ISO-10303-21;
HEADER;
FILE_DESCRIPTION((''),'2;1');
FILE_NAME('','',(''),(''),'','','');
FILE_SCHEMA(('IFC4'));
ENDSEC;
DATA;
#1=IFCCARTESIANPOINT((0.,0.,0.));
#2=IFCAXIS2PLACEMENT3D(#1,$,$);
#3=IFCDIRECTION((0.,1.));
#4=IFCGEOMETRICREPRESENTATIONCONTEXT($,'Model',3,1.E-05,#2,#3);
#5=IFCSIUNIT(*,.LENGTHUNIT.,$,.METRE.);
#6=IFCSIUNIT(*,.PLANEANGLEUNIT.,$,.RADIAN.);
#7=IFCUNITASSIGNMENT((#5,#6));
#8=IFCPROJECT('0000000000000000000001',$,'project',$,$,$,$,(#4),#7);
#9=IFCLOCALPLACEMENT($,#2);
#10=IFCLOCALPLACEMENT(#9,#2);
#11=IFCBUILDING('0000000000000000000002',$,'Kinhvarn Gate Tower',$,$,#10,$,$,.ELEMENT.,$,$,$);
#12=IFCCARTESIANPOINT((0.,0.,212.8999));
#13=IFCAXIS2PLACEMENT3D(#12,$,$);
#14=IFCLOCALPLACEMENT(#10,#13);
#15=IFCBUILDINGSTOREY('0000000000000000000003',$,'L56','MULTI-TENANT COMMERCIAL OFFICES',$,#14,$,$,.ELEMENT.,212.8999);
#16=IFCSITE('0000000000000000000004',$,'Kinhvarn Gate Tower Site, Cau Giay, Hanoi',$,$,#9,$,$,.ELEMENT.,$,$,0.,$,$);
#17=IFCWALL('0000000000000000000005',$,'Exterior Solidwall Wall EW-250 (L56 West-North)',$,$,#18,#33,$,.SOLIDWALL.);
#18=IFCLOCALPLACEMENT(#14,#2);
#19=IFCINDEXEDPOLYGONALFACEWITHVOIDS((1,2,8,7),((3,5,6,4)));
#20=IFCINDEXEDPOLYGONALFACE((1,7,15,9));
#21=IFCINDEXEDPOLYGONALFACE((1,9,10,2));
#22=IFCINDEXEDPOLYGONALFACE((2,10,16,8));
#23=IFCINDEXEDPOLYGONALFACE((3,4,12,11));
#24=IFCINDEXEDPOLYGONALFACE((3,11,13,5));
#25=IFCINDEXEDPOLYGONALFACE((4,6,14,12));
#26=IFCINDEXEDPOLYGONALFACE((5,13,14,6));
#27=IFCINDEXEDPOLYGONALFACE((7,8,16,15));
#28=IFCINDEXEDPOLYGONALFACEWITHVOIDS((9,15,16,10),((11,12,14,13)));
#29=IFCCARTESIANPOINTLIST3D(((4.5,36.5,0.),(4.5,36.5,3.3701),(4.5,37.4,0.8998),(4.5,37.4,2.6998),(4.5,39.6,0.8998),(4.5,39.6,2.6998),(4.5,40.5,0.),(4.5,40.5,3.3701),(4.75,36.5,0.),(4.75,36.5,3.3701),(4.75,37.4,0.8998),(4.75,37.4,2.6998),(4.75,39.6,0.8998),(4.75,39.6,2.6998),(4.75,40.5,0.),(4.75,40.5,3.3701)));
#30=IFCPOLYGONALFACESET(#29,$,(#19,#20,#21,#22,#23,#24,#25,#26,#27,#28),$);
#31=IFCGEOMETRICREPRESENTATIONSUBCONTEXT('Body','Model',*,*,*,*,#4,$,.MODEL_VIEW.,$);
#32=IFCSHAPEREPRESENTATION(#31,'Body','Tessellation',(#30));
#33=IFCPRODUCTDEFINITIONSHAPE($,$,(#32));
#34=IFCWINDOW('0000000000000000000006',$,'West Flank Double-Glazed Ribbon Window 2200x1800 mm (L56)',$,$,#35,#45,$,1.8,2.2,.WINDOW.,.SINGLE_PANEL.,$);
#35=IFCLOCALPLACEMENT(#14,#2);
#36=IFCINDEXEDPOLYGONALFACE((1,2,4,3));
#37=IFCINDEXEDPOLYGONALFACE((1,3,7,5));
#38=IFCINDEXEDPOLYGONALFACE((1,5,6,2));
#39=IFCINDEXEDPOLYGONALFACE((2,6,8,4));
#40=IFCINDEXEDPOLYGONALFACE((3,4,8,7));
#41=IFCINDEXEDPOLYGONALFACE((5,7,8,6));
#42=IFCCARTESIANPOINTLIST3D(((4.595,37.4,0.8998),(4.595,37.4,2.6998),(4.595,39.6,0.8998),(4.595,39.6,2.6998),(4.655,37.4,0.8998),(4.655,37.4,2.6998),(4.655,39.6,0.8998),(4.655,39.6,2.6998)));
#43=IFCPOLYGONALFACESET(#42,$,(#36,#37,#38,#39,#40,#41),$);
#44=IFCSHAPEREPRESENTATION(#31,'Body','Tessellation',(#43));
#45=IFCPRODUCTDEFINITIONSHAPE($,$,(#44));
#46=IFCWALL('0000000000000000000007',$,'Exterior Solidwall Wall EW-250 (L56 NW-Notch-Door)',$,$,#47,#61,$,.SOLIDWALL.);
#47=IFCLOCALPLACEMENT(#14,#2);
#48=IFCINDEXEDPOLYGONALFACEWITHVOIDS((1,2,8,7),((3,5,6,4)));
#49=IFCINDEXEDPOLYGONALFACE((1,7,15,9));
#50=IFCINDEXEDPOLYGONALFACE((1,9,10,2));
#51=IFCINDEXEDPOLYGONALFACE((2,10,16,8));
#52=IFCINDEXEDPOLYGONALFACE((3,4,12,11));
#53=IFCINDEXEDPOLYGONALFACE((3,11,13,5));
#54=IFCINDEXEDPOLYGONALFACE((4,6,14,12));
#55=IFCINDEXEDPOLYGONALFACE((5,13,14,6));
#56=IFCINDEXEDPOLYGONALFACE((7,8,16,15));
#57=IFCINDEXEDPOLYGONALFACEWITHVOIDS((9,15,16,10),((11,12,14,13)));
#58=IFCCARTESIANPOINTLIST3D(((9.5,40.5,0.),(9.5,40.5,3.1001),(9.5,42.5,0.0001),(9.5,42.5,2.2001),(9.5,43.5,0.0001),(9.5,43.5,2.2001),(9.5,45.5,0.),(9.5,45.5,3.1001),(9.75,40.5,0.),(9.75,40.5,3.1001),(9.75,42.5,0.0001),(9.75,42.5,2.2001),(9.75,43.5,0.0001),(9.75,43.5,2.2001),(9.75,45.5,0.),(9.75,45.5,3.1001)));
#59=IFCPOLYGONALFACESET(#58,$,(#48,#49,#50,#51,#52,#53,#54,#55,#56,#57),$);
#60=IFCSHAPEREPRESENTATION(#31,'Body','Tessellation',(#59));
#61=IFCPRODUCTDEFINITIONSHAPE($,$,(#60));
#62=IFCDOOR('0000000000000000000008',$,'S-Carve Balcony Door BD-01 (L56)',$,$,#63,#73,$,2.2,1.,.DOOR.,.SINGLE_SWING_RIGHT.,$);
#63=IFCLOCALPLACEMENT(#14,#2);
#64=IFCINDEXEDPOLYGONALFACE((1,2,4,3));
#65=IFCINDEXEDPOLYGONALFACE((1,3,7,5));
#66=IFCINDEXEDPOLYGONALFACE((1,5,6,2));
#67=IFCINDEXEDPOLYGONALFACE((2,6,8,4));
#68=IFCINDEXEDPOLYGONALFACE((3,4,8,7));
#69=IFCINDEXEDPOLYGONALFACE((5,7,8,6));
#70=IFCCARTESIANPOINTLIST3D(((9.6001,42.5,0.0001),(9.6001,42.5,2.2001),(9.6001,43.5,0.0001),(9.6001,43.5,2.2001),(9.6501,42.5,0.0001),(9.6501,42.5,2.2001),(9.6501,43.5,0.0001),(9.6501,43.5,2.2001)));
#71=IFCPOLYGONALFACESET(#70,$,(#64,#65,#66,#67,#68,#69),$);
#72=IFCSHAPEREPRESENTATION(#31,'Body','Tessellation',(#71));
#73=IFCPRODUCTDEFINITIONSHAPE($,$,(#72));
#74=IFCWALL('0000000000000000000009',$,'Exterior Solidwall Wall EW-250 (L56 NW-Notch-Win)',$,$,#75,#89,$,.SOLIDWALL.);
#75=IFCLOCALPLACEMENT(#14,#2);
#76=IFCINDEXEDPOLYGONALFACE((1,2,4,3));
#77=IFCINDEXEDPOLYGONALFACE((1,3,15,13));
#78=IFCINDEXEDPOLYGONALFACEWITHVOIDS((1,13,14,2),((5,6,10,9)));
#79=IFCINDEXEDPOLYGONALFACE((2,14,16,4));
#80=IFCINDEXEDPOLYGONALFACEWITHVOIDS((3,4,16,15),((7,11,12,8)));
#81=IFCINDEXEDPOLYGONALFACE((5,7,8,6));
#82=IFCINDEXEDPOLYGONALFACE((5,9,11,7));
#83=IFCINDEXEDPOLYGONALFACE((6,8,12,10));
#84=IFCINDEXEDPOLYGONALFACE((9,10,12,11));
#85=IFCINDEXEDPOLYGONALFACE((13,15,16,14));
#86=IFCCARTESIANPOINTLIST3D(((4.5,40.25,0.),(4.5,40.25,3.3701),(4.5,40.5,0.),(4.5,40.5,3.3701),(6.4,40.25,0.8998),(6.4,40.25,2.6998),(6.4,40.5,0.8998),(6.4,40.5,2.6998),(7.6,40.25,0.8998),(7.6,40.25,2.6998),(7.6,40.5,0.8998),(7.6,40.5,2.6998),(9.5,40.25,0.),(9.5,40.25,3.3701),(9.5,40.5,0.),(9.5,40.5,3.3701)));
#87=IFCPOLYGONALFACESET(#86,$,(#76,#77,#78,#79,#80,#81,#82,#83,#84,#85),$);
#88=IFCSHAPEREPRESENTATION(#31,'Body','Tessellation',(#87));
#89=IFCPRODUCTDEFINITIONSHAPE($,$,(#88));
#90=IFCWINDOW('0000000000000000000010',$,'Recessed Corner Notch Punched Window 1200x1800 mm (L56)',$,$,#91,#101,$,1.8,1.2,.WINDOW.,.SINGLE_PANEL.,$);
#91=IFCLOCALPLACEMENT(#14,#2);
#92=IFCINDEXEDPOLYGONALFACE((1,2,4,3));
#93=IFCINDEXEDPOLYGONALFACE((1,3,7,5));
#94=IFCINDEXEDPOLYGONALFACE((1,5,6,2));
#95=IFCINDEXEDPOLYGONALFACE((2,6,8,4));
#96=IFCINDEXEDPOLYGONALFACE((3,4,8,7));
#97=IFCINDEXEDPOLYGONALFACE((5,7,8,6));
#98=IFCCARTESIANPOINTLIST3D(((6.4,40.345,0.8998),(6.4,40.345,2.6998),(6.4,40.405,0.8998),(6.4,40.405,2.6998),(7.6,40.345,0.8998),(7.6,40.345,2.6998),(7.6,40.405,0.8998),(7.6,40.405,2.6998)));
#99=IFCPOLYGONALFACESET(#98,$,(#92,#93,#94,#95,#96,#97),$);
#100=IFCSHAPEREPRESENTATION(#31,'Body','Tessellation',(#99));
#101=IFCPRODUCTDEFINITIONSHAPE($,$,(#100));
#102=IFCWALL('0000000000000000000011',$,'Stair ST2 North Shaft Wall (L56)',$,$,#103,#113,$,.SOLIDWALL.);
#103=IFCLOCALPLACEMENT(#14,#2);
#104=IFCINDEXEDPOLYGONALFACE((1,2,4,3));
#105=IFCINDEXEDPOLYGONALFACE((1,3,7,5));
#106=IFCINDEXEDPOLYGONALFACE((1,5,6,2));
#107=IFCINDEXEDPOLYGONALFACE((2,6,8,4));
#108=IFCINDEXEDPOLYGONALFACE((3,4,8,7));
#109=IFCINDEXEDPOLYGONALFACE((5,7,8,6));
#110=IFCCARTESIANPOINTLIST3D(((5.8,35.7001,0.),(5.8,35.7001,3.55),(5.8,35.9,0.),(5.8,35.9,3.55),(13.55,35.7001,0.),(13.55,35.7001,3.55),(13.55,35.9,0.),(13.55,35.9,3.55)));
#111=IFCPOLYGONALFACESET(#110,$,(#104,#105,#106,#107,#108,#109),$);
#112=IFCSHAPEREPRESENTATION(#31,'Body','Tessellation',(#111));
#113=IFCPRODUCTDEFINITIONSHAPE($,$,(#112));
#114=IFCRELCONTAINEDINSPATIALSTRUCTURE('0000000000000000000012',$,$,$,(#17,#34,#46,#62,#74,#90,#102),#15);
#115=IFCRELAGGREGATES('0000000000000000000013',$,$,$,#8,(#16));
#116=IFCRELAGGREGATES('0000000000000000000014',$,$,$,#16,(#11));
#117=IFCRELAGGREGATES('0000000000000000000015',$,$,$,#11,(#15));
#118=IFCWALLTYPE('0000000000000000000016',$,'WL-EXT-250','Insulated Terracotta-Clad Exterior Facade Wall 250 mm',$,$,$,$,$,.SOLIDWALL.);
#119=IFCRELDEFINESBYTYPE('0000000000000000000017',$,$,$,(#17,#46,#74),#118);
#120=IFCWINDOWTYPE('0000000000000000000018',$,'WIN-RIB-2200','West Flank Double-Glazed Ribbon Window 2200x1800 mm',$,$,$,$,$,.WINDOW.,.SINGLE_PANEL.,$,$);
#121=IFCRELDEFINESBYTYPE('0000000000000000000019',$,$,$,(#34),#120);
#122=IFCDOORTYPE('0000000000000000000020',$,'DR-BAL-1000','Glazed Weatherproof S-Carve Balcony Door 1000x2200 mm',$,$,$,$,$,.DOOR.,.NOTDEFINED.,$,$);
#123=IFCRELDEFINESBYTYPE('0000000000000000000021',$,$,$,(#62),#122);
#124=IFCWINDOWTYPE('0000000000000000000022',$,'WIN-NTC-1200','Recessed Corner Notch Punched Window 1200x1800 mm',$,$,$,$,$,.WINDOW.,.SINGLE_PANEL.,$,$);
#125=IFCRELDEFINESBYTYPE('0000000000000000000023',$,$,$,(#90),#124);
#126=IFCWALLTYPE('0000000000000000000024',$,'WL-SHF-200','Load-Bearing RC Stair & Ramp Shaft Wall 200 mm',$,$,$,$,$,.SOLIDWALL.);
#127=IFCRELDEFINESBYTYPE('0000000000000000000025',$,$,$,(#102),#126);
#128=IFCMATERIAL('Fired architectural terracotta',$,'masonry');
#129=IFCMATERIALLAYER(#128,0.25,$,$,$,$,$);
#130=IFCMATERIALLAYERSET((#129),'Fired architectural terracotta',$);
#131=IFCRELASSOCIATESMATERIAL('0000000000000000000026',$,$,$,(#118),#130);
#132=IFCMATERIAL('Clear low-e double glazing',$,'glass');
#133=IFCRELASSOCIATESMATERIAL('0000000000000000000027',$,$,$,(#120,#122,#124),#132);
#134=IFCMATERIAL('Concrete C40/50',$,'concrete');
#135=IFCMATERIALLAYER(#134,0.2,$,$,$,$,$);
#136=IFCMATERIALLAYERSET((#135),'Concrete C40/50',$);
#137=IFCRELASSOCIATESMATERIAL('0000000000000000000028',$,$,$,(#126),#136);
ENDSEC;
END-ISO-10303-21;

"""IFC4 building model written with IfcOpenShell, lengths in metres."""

from ifc_helpers import new_model, si_unit, direction, frame, frame_2d, origin, place, context, subcontext, project, spatial, rectangle, extrude, material, layer, layer_set, type_object, element, fill, save


model = new_model("IFC4")

# Units and contexts
model_context = context("Model", 3, precision=1e-05, world=origin(), true_north=direction((0.0, 1.0)))
body_context = subcontext(model_context, "Body", "Model", "MODEL_VIEW")
ifc_project = project(units=[si_unit("LENGTHUNIT", "METRE"), si_unit("PLANEANGLEUNIT", "RADIAN")], contexts=[model_context])

# Site, building, storey
site_placement = place(None, origin())
site = spatial("IfcSite", under=ifc_project, at=site_placement, Name="Kinhvarn Gate Tower Site, Cau Giay, Hanoi", CompositionType="ELEMENT", RefElevation=0.0)
building_placement = place(site_placement, origin())
building = spatial("IfcBuilding", under=site, at=building_placement, Name="Kinhvarn Gate Tower", CompositionType="ELEMENT")
storey_placement = place(building_placement, frame((0.0, 0.0, 212.8999)))
storey = spatial("IfcBuildingStorey", under=building, at=storey_placement, Name="L56", Description="MULTI-TENANT COMMERCIAL OFFICES", CompositionType="ELEMENT", Elevation=212.8999)

# Wall, opening, window
ifc_material_1 = material(Name="Fired architectural terracotta", Category="masonry")
ifc_layer_1 = layer(ifc_material_1, 0.25)
ifc_layer_set_1 = layer_set([ifc_layer_1], Name="Fired architectural terracotta")
wall_type_1 = type_object("IfcWallType", Name="WL-EXT-250", Description="Insulated Terracotta-Clad Exterior Facade Wall 250 mm", PredefinedType="SOLIDWALL", material=ifc_layer_set_1)
wall_1_placement = place(storey_placement, frame((4.625, 40.5, 0.0), z_axis=(0.0, 0.0, 1.0), x_axis=(0.0, -1.0, 0.0)))
wall_1 = element("IfcWall", 1, at=wall_1_placement, inside=storey, type_object=wall_type_1, Name="Exterior Solidwall Wall EW-250 (L56 West-North)", PredefinedType="SOLIDWALL", context=body_context, shape_type="SweptSolid", body=[
    extrude(rectangle(XDim=4.0, YDim=0.25, at=frame_2d((2.0, 0.0))), origin(), (0.0, 0.0, 1.0), 3.3701),
])
opening_1_placement = place(wall_1_placement, frame((0.8999, 0.0, 0.8999)))
opening_1 = element("IfcOpeningElement", 2, at=opening_1_placement, cuts=wall_1, PredefinedType="OPENING", context=body_context, shape_type="SweptSolid", body=[
    extrude(rectangle(XDim=2.2, YDim=1.8, at=frame_2d((1.1001, 0.8999))), frame((0.0, 0.135, 0.0), z_axis=(0.0, -1.0, 0.0), x_axis=(1.0, 0.0, 0.0)), (0.0, 0.0, 1.0), 0.27),
])
ifc_material_2 = material(Name="Clear low-e double glazing", Category="glass")
window_type_1 = type_object("IfcWindowType", Name="WIN-RIB-2200", Description="West Flank Double-Glazed Ribbon Window 2200x1800 mm", PartitioningType="SINGLE_PANEL", PredefinedType="WINDOW", material=ifc_material_2)
window_1_placement = place(opening_1_placement, origin())
window_1 = element("IfcWindow", 3, at=window_1_placement, inside=storey, type_object=window_type_1, Name="West Flank Double-Glazed Ribbon Window 2200x1800 mm (L56)", OverallHeight=1.8, OverallWidth=2.2, PartitioningType="SINGLE_PANEL", PredefinedType="WINDOW", context=body_context, shape_type="SweptSolid", body=[
    extrude(rectangle(XDim=2.2, YDim=1.8, at=frame_2d((1.1001, 0.8999))), frame((0.0, 0.03, 0.0), z_axis=(0.0, -1.0, 0.0), x_axis=(1.0, 0.0, 0.0)), (0.0, 0.0, 1.0), 0.0601),
])
fill(opening_1, window_1)

# Wall, opening, door
wall_2_placement = place(storey_placement, frame((9.625, 45.5, 0.0), z_axis=(0.0, 0.0, 1.0), x_axis=(0.0, -1.0, 0.0)))
wall_2 = element("IfcWall", 4, at=wall_2_placement, inside=storey, type_object=wall_type_1, Name="Exterior Solidwall Wall EW-250 (L56 NW-Notch-Door)", PredefinedType="SOLIDWALL", context=body_context, shape_type="SweptSolid", body=[
    extrude(rectangle(XDim=5.0, YDim=0.25, at=frame_2d((2.5, 0.0))), origin(), (0.0, 0.0, 1.0), 3.1001),
])
opening_2_placement = place(wall_2_placement, frame((2.0, 0.0, 0.0)))
opening_2 = element("IfcOpeningElement", 5, at=opening_2_placement, cuts=wall_2, PredefinedType="OPENING", context=body_context, shape_type="SweptSolid", body=[
    extrude(rectangle(XDim=1.0, YDim=2.2, at=frame_2d((0.5, 1.1001))), frame((0.0, 0.135, 0.0), z_axis=(0.0, -1.0, 0.0), x_axis=(1.0, 0.0, 0.0)), (0.0, 0.0, 1.0), 0.27),
])
door_type = type_object("IfcDoorType", Name="DR-BAL-1000", Description="Glazed Weatherproof S-Carve Balcony Door 1000x2200 mm", OperationType="NOTDEFINED", PredefinedType="DOOR", material=ifc_material_2)
door_placement = place(opening_2_placement, frame((1.0, 0.0, 0.0), z_axis=(0.0, 0.0, 1.0), x_axis=(-1.0, 0.0, 0.0)))
door = element("IfcDoor", 6, at=door_placement, inside=storey, type_object=door_type, Name="S-Carve Balcony Door BD-01 (L56)", OperationType="SINGLE_SWING_RIGHT", OverallHeight=2.2, OverallWidth=1.0, PredefinedType="DOOR", context=body_context, shape_type="SweptSolid", body=[
    extrude(rectangle(XDim=1.0, YDim=2.2, at=frame_2d((0.5, 1.1001))), frame((0.0, 0.0249, 0.0), z_axis=(0.0, -1.0, 0.0), x_axis=(1.0, 0.0, 0.0)), (0.0, 0.0, 1.0), 0.05),
])
fill(opening_2, door)

# Wall, opening, window
wall_3_placement = place(storey_placement, frame((9.5, 40.375, 0.0), z_axis=(0.0, 0.0, 1.0), x_axis=(-1.0, 0.0, 0.0)))
wall_3 = element("IfcWall", 7, at=wall_3_placement, inside=storey, type_object=wall_type_1, Name="Exterior Solidwall Wall EW-250 (L56 NW-Notch-Win)", PredefinedType="SOLIDWALL", context=body_context, shape_type="SweptSolid", body=[
    extrude(rectangle(XDim=5.0, YDim=0.25, at=frame_2d((2.5, 0.0))), origin(), (0.0, 0.0, 1.0), 3.3701),
])
opening_3_placement = place(wall_3_placement, frame((1.8999, 0.0, 0.8999)))
opening_3 = element("IfcOpeningElement", 8, at=opening_3_placement, cuts=wall_3, PredefinedType="OPENING", context=body_context, shape_type="SweptSolid", body=[
    extrude(rectangle(XDim=1.2, YDim=1.8, at=frame_2d((0.6001, 0.8999))), frame((0.0, 0.135, 0.0), z_axis=(0.0, -1.0, 0.0), x_axis=(1.0, 0.0, 0.0)), (0.0, 0.0, 1.0), 0.27),
])
window_type_2 = type_object("IfcWindowType", Name="WIN-NTC-1200", Description="Recessed Corner Notch Punched Window 1200x1800 mm", PartitioningType="SINGLE_PANEL", PredefinedType="WINDOW", material=ifc_material_2)
window_2_placement = place(opening_3_placement, origin())
window_2 = element("IfcWindow", 9, at=window_2_placement, inside=storey, type_object=window_type_2, Name="Recessed Corner Notch Punched Window 1200x1800 mm (L56)", OverallHeight=1.8, OverallWidth=1.2, PartitioningType="SINGLE_PANEL", PredefinedType="WINDOW", context=body_context, shape_type="SweptSolid", body=[
    extrude(rectangle(XDim=1.2, YDim=1.8, at=frame_2d((0.6001, 0.8999))), frame((0.0, 0.03, 0.0), z_axis=(0.0, -1.0, 0.0), x_axis=(1.0, 0.0, 0.0)), (0.0, 0.0, 1.0), 0.0601),
])
fill(opening_3, window_2)

# Wall
ifc_material_3 = material(Name="Concrete C40/50", Category="concrete")
ifc_layer_2 = layer(ifc_material_3, 0.2)
ifc_layer_set_2 = layer_set([ifc_layer_2], Name="Concrete C40/50")
wall_type_2 = type_object("IfcWallType", Name="WL-SHF-200", Description="Load-Bearing RC Stair & Ramp Shaft Wall 200 mm", PredefinedType="SOLIDWALL", material=ifc_layer_set_2)
wall_4_placement = place(storey_placement, frame((5.8, 35.8, 0.0), z_axis=(0.0, 0.0, 1.0), x_axis=(1.0, 0.0, 0.0)))
element("IfcWall", 10, at=wall_4_placement, inside=storey, type_object=wall_type_2, Name="Stair ST2 North Shaft Wall (L56)", PredefinedType="SOLIDWALL", context=body_context, shape_type="SweptSolid", body=[
    extrude(rectangle(XDim=7.75, YDim=0.2, at=frame_2d((3.875, 0.0))), origin(), (0.0, 0.0, 1.0), 3.55),
])

save(model, "model.ifc")
